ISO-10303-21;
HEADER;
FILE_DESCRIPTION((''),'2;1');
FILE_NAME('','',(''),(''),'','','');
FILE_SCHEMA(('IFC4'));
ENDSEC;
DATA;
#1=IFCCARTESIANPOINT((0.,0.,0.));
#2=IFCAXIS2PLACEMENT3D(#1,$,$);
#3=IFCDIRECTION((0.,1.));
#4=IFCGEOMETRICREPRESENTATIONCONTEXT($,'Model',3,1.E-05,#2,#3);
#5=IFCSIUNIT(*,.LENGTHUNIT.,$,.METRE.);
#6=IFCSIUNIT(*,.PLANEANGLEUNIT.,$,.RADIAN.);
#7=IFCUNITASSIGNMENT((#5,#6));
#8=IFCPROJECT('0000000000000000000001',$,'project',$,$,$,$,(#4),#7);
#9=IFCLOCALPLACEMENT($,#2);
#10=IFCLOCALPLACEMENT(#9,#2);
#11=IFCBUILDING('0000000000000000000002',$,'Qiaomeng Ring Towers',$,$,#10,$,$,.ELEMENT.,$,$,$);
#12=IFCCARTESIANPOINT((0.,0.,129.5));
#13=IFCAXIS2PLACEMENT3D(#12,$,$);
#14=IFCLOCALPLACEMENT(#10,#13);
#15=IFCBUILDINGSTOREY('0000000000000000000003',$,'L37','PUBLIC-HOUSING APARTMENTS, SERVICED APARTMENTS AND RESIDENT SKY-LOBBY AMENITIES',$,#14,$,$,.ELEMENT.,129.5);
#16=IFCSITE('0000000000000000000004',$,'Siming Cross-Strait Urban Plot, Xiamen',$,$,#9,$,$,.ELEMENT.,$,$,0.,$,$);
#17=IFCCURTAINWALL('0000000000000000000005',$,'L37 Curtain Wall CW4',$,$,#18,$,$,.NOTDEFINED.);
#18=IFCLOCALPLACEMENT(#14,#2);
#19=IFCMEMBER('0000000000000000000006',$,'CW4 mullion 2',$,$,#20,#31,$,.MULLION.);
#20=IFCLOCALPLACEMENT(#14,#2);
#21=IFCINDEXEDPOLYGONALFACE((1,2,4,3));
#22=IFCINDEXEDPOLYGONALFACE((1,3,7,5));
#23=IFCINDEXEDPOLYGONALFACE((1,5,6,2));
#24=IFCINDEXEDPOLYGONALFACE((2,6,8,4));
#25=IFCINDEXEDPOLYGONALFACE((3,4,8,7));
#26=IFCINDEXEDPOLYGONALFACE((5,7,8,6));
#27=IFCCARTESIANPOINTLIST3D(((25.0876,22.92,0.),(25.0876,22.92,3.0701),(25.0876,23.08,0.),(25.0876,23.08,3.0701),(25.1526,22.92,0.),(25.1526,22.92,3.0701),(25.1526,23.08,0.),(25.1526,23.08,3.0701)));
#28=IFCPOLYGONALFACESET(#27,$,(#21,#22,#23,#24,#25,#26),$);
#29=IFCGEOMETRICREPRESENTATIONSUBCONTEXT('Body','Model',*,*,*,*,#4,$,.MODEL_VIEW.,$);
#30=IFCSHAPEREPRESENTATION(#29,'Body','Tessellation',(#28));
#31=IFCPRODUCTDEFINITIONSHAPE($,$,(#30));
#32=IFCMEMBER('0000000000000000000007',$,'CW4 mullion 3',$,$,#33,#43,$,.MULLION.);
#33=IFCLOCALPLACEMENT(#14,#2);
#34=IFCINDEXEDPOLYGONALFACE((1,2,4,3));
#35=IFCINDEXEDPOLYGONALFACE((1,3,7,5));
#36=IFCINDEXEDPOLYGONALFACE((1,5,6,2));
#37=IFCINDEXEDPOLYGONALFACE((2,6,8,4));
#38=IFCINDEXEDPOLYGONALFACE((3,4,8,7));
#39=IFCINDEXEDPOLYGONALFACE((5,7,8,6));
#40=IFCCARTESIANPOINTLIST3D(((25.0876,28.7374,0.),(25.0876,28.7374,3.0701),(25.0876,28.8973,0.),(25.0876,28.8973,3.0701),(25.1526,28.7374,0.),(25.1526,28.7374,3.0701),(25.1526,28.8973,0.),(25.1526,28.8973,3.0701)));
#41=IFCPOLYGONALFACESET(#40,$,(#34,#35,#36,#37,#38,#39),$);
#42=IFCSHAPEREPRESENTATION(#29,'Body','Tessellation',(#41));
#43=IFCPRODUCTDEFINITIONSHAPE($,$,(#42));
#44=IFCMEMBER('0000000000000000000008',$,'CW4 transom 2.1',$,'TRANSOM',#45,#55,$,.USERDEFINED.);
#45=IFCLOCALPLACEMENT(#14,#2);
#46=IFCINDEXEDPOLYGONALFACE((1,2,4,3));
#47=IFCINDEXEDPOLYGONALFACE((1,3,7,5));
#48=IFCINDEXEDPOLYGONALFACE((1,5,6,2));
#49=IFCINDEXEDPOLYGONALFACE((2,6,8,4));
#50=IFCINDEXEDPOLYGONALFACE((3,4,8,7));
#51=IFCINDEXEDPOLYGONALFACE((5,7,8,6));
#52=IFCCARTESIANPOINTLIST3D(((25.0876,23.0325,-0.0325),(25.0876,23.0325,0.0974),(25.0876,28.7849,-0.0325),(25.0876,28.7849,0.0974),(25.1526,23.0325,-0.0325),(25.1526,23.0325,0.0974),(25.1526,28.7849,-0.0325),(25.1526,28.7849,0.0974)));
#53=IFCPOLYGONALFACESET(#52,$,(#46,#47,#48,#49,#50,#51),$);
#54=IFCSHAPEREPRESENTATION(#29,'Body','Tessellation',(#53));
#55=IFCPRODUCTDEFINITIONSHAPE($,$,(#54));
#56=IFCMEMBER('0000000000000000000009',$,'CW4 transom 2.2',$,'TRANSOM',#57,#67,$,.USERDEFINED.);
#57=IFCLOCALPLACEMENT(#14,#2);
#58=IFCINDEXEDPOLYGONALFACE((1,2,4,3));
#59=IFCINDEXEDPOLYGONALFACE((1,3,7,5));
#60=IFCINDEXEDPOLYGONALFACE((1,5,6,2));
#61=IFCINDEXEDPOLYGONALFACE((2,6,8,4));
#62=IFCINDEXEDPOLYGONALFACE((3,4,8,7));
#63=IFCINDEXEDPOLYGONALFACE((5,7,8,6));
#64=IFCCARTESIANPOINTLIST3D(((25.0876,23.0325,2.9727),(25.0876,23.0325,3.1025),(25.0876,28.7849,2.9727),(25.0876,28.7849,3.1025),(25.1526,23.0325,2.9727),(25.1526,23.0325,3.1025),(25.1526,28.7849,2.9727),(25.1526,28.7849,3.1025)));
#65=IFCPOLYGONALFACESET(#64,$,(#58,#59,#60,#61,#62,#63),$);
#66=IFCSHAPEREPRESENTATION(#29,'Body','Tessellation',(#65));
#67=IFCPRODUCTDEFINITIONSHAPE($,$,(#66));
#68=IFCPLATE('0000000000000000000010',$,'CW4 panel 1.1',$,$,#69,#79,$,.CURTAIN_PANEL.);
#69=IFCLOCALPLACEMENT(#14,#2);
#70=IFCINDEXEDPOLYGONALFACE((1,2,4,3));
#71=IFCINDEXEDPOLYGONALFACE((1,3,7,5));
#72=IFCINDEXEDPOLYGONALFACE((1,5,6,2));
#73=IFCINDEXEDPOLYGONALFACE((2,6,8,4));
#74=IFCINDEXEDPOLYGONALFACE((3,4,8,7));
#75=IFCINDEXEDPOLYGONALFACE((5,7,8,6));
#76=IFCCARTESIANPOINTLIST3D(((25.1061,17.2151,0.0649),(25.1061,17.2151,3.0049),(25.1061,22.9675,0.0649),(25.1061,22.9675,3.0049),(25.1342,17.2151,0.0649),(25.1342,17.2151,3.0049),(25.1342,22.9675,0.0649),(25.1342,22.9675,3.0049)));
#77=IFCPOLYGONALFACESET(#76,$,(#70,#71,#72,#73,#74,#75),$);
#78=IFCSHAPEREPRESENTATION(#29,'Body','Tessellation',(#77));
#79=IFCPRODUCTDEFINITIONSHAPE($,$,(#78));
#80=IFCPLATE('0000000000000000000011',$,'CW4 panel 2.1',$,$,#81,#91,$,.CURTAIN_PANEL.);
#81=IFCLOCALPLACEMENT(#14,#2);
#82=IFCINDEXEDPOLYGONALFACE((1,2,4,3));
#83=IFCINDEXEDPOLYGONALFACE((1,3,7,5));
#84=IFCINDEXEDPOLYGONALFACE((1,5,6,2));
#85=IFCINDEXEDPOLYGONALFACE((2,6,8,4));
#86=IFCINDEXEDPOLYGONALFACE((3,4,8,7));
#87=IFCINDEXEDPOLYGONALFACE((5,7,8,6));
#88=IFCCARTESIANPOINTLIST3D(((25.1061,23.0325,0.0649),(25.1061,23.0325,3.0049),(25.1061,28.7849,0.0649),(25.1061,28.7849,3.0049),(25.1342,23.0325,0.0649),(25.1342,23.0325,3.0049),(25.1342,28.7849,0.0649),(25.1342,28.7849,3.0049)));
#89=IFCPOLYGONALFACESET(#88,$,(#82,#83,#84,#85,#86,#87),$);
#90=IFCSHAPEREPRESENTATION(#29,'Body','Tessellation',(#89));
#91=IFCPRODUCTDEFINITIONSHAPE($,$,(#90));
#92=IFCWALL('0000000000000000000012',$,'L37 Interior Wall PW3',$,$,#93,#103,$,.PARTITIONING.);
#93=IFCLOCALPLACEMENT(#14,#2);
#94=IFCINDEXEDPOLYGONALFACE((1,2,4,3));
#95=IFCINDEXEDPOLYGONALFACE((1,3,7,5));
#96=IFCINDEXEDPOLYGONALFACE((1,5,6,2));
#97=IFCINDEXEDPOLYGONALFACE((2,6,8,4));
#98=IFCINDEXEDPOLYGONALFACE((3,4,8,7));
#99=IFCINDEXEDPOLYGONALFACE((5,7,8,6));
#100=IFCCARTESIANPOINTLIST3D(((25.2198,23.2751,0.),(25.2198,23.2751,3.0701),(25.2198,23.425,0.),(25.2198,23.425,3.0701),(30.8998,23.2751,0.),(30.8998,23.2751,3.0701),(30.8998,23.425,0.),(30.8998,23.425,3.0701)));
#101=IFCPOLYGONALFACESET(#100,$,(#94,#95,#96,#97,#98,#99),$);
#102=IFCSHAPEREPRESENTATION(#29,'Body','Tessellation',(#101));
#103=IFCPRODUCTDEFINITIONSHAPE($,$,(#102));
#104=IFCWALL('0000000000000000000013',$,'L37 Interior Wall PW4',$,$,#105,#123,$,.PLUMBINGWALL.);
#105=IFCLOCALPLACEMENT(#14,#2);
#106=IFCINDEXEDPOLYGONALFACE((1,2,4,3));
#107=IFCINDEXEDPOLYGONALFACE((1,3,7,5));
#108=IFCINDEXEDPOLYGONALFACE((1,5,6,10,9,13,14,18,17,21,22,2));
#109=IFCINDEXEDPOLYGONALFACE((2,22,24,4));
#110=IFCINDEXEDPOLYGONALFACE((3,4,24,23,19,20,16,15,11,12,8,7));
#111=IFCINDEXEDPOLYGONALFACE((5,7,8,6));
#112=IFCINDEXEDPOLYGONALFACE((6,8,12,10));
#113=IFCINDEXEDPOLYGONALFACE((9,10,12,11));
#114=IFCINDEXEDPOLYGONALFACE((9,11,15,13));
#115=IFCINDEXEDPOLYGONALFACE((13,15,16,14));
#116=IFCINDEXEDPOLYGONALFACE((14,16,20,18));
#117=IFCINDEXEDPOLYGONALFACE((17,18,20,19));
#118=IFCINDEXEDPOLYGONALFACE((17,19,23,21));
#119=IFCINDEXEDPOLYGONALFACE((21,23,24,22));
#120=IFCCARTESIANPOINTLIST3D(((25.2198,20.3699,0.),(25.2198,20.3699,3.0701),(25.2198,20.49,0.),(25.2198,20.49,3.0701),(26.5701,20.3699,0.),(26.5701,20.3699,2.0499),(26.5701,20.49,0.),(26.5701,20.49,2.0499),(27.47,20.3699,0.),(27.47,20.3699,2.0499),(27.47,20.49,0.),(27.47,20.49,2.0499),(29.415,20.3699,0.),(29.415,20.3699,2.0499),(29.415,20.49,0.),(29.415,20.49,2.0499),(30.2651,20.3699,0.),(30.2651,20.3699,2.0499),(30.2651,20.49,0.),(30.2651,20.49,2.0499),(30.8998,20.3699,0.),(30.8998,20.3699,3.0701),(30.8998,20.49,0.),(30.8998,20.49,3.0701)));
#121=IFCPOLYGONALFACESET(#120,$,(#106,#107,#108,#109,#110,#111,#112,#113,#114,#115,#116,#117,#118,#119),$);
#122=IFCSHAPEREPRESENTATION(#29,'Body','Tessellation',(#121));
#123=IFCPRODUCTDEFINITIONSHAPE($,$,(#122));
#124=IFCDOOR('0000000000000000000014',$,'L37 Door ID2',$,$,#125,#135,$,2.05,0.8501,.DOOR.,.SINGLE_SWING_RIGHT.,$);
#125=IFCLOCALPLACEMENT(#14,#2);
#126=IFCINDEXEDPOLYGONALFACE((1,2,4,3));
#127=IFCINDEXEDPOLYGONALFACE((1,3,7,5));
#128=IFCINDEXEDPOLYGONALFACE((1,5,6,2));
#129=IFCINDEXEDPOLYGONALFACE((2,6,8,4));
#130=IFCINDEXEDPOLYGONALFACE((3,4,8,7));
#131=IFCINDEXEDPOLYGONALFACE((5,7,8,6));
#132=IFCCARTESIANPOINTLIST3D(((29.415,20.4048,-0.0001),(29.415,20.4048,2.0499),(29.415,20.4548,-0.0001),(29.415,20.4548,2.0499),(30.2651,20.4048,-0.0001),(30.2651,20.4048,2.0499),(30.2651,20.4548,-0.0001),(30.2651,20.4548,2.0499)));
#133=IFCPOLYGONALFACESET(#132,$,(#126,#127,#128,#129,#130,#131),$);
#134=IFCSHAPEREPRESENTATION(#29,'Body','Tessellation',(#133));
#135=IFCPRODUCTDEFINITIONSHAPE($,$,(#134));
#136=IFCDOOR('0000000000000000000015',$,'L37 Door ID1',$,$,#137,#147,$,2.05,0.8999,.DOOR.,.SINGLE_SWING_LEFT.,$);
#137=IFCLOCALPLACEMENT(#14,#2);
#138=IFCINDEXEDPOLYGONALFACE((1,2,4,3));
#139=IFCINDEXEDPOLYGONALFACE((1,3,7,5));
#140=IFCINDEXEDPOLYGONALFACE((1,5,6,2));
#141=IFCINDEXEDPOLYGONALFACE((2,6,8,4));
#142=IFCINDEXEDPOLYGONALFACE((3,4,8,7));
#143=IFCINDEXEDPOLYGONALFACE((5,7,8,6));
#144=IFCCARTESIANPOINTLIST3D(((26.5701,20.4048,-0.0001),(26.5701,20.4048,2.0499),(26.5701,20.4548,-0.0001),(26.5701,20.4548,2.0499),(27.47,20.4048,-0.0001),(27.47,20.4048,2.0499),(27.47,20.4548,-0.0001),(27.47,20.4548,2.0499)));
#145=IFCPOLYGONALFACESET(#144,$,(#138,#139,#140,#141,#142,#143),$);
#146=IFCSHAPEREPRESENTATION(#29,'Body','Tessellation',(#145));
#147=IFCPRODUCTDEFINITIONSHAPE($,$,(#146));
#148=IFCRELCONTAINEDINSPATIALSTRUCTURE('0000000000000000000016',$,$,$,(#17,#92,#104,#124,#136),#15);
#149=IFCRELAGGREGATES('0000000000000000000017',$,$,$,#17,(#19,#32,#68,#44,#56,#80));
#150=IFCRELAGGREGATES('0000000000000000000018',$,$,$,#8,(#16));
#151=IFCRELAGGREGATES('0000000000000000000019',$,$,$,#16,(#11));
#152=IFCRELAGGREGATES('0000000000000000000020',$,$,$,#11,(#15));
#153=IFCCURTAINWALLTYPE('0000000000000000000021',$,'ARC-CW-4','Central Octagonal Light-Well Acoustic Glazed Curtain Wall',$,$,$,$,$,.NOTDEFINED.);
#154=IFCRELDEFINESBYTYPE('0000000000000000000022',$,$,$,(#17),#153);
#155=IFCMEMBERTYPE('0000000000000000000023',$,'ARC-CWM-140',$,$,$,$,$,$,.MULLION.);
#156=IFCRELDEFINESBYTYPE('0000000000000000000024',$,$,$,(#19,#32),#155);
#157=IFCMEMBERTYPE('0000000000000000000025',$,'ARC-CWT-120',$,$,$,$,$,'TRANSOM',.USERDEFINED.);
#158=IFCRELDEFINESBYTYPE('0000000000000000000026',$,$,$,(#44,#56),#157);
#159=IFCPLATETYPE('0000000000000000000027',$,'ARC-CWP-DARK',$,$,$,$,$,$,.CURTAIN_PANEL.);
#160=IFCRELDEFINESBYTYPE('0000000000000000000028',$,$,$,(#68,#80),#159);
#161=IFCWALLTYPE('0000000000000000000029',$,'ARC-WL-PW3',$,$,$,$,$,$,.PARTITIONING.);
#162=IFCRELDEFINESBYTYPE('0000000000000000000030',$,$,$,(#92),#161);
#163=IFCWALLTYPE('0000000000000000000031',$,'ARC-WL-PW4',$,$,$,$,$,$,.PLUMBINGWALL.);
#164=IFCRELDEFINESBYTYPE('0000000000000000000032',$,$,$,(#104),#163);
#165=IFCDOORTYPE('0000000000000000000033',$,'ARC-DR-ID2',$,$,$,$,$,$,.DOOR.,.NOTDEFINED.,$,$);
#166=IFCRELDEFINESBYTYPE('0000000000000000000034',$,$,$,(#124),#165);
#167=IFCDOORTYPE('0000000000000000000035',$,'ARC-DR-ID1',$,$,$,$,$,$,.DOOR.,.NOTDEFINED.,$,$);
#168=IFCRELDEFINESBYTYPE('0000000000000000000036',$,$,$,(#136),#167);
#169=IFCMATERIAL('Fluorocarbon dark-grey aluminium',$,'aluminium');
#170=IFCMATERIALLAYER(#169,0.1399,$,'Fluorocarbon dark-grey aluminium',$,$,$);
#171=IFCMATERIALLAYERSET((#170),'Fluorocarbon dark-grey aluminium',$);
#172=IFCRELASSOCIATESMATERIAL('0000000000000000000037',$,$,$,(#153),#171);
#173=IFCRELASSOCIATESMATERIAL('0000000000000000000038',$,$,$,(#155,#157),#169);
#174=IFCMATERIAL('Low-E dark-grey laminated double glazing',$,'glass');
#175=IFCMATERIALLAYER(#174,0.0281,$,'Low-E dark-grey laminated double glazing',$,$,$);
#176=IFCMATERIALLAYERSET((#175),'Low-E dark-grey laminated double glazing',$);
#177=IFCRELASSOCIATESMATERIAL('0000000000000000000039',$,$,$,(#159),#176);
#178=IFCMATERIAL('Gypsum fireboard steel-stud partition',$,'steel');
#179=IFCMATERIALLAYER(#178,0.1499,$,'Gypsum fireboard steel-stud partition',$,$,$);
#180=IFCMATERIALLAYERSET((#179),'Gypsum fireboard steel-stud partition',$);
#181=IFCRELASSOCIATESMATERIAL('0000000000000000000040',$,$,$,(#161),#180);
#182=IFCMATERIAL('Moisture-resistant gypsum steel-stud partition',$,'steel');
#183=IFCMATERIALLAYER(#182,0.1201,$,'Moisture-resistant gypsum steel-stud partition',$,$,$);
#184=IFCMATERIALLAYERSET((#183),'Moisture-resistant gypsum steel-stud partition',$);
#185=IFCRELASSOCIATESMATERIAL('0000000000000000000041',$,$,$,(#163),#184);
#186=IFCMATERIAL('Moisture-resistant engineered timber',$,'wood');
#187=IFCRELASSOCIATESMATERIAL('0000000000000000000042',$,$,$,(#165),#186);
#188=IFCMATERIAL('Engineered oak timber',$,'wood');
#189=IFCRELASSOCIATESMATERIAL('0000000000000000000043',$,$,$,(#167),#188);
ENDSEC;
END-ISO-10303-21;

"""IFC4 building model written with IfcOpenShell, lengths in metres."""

from ifc_helpers import new_model, si_unit, direction, frame, frame_2d, origin, origin_2d, place, context, subcontext, project, spatial, rectangle, extrude, source, transform, mapped, material, layer, layer_set, material_profile, profile_set, type_object, element, fill, aggregate, save


model = new_model("IFC4")

# Units and contexts
model_context = context("Model", 3, precision=1e-05, world=origin(), true_north=direction((0.0, 1.0)))
body_context = subcontext(model_context, "Body", "Model", "MODEL_VIEW")
ifc_project = project(units=[si_unit("LENGTHUNIT", "METRE"), si_unit("PLANEANGLEUNIT", "RADIAN")], contexts=[model_context])

# Site, building, storey
site_placement = place(None, origin())
site = spatial("IfcSite", under=ifc_project, at=site_placement, Name="Siming Cross-Strait Urban Plot, Xiamen", CompositionType="ELEMENT", RefElevation=0.0)
building_placement = place(site_placement, origin())
building = spatial("IfcBuilding", under=site, at=building_placement, Name="Qiaomeng Ring Towers", CompositionType="ELEMENT")
storey_placement = place(building_placement, frame((0.0, 0.0, 129.5)))
storey = spatial("IfcBuildingStorey", under=building, at=storey_placement, Name="L37", Description="PUBLIC-HOUSING APARTMENTS, SERVICED APARTMENTS AND RESIDENT SKY-LOBBY AMENITIES", CompositionType="ELEMENT", Elevation=129.5)

# Curtain wall, members, plates
ifc_material_1 = material(Name="Fluorocarbon dark-grey aluminium", Category="aluminium")
ifc_layer_1 = layer(ifc_material_1, 0.1399, Name="Fluorocarbon dark-grey aluminium")
ifc_layer_set_1 = layer_set([ifc_layer_1], Name="Fluorocarbon dark-grey aluminium")
curtain_wall_type = type_object("IfcCurtainWallType", Name="ARC-CW-4", Description="Central Octagonal Light-Well Acoustic Glazed Curtain Wall", PredefinedType="NOTDEFINED", material=ifc_layer_set_1)
curtain_wall_placement = place(storey_placement, origin())
curtain_wall = element("IfcCurtainWall", 1, at=curtain_wall_placement, inside=storey, type_object=curtain_wall_type, Name="L37 Curtain Wall CW4", PredefinedType="NOTDEFINED")
ifc_material_profile_1 = material_profile(ifc_material_1, rectangle(XDim=0.0649, YDim=0.1599, at=origin_2d()), Name="ALU MULL 65x160")
ifc_profile_set_1 = profile_set([ifc_material_profile_1], Name="Fluorocarbon dark-grey aluminium")
member_type_1 = type_object("IfcMemberType", Name="ARC-CWM-140", PredefinedType="MULLION", material=ifc_profile_set_1)
shared_shape_1 = source(origin(), body_context, "Body", "SweptSolid", [
    extrude(rectangle(XDim=0.0649, YDim=0.1599, at=origin_2d()), origin(), (0.0, 0.0, 1.0), 3.0701),
])
member_1_placement = place(storey_placement, frame((25.1201, 23.0, 0.0), z_axis=(0.0, 0.0, 1.0), x_axis=(-1.0, 0.0, 0.0)))
member_1 = element("IfcMember", 2, at=member_1_placement, type_object=member_type_1, Name="CW4 mullion 2", PredefinedType="MULLION", context=body_context, shape_type="MappedRepresentation", body=[
    mapped(shared_shape_1, transform((0.0, 0.0, 0.0), x_axis=(1.0, 0.0, 0.0), y_axis=(0.0, 1.0, 0.0), z_axis=(0.0, 0.0, 1.0), scale=1.0)),
])
member_2_placement = place(storey_placement, frame((25.1201, 28.8174, 0.0), z_axis=(0.0, 0.0, 1.0), x_axis=(-1.0, 0.0, 0.0)))
member_2 = element("IfcMember", 3, at=member_2_placement, type_object=member_type_1, Name="CW4 mullion 3", PredefinedType="MULLION", context=body_context, shape_type="MappedRepresentation", body=[
    mapped(shared_shape_1, transform((0.0, 0.0, 0.0), x_axis=(1.0, 0.0, 0.0), y_axis=(0.0, 1.0, 0.0), z_axis=(0.0, 0.0, 1.0), scale=1.0)),
])
ifc_material_profile_2 = material_profile(ifc_material_1, rectangle(XDim=0.0649, YDim=0.1299, at=origin_2d()), Name="ALU TRAN 65x130")
ifc_profile_set_2 = profile_set([ifc_material_profile_2], Name="Fluorocarbon dark-grey aluminium")
member_type_2 = type_object("IfcMemberType", Name="ARC-CWT-120", ElementType="TRANSOM", PredefinedType="USERDEFINED", material=ifc_profile_set_2)
shared_shape_2 = source(origin(), body_context, "Body", "SweptSolid", [
    extrude(rectangle(XDim=0.0649, YDim=0.1299, at=origin_2d()), origin(), (0.0, 0.0, 1.0), 5.7524),
])
member_3_placement = place(storey_placement, frame((25.1201, 23.0325, 0.0325), z_axis=(0.0, 1.0, 0.0), x_axis=(-1.0, 0.0, 0.0)))
member_3 = element("IfcMember", 4, at=member_3_placement, type_object=member_type_2, Name="CW4 transom 2.1", ObjectType="TRANSOM", PredefinedType="USERDEFINED", context=body_context, shape_type="MappedRepresentation", body=[
    mapped(shared_shape_2, transform((0.0, 0.0, 0.0), x_axis=(1.0, 0.0, 0.0), y_axis=(0.0, 1.0, 0.0), z_axis=(0.0, 0.0, 1.0), scale=1.0)),
])
member_4_placement = place(storey_placement, frame((25.1201, 23.0325, 3.0376), z_axis=(0.0, 1.0, 0.0), x_axis=(-1.0, 0.0, 0.0)))
member_4 = element("IfcMember", 5, at=member_4_placement, type_object=member_type_2, Name="CW4 transom 2.2", ObjectType="TRANSOM", PredefinedType="USERDEFINED", context=body_context, shape_type="MappedRepresentation", body=[
    mapped(shared_shape_2, transform((0.0, 0.0, 0.0), x_axis=(1.0, 0.0, 0.0), y_axis=(0.0, 1.0, 0.0), z_axis=(0.0, 0.0, 1.0), scale=1.0)),
])
ifc_material_2 = material(Name="Low-E dark-grey laminated double glazing", Category="glass")
ifc_layer_2 = layer(ifc_material_2, 0.0281, Name="Low-E dark-grey laminated double glazing")
ifc_layer_set_2 = layer_set([ifc_layer_2], Name="Low-E dark-grey laminated double glazing")
plate_type = type_object("IfcPlateType", Name="ARC-CWP-DARK", PredefinedType="CURTAIN_PANEL", material=ifc_layer_set_2)
shared_shape_3 = source(origin(), body_context, "Body", "SweptSolid", [
    extrude(rectangle(XDim=5.7524, YDim=0.0281, at=origin_2d()), origin(), (0.0, 0.0, 1.0), 2.9399),
])
plate_1_placement = place(storey_placement, frame((25.1201, 20.0913, 0.0649), z_axis=(0.0, 0.0, 1.0), x_axis=(0.0, 1.0, 0.0)))
plate_1 = element("IfcPlate", 6, at=plate_1_placement, type_object=plate_type, Name="CW4 panel 1.1", PredefinedType="CURTAIN_PANEL", context=body_context, shape_type="MappedRepresentation", body=[
    mapped(shared_shape_3, transform((0.0, 0.0, 0.0), x_axis=(1.0, 0.0, 0.0), y_axis=(0.0, 1.0, 0.0), z_axis=(0.0, 0.0, 1.0), scale=1.0)),
])
plate_2_placement = place(storey_placement, frame((25.1201, 25.9087, 0.0649), z_axis=(0.0, 0.0, 1.0), x_axis=(0.0, 1.0, 0.0)))
plate_2 = element("IfcPlate", 7, at=plate_2_placement, type_object=plate_type, Name="CW4 panel 2.1", PredefinedType="CURTAIN_PANEL", context=body_context, shape_type="MappedRepresentation", body=[
    mapped(shared_shape_3, transform((0.0, 0.0, 0.0), x_axis=(1.0, 0.0, 0.0), y_axis=(0.0, 1.0, 0.0), z_axis=(0.0, 0.0, 1.0), scale=1.0)),
])
aggregate(curtain_wall, [member_1, member_2, plate_1, member_3, member_4, plate_2])

# Wall
ifc_material_3 = material(Name="Gypsum fireboard steel-stud partition", Category="steel")
ifc_layer_3 = layer(ifc_material_3, 0.1499, Name="Gypsum fireboard steel-stud partition")
ifc_layer_set_3 = layer_set([ifc_layer_3], Name="Gypsum fireboard steel-stud partition")
wall_type_1 = type_object("IfcWallType", Name="ARC-WL-PW3", PredefinedType="PARTITIONING", material=ifc_layer_set_3)
wall_1_placement = place(storey_placement, frame((25.22, 23.3501, 0.0), z_axis=(0.0, 0.0, 1.0), x_axis=(1.0, 0.0, 0.0)))
element("IfcWall", 8, at=wall_1_placement, inside=storey, type_object=wall_type_1, Name="L37 Interior Wall PW3", PredefinedType="PARTITIONING", context=body_context, shape_type="SweptSolid", body=[
    extrude(rectangle(XDim=5.6799, YDim=0.1499, at=frame_2d((2.8398, 0.0))), origin(), (0.0, 0.0, 1.0), 3.0701),
])

# Wall, openings, doors
ifc_material_4 = material(Name="Moisture-resistant gypsum steel-stud partition", Category="steel")
ifc_layer_4 = layer(ifc_material_4, 0.1201, Name="Moisture-resistant gypsum steel-stud partition")
ifc_layer_set_4 = layer_set([ifc_layer_4], Name="Moisture-resistant gypsum steel-stud partition")
wall_type_2 = type_object("IfcWallType", Name="ARC-WL-PW4", PredefinedType="PLUMBINGWALL", material=ifc_layer_set_4)
wall_2_placement = place(storey_placement, frame((25.22, 20.4299, 0.0), z_axis=(0.0, 0.0, 1.0), x_axis=(1.0, 0.0, 0.0)))
wall_2 = element("IfcWall", 9, at=wall_2_placement, inside=storey, type_object=wall_type_2, Name="L37 Interior Wall PW4", PredefinedType="PLUMBINGWALL", context=body_context, shape_type="SweptSolid", body=[
    extrude(rectangle(XDim=5.6799, YDim=0.1201, at=frame_2d((2.8398, 0.0))), origin(), (0.0, 0.0, 1.0), 3.0701),
])
opening_1_placement = place(wall_2_placement, frame((1.3501, 0.0, 0.0)))
opening_1 = element("IfcOpeningElement", 10, at=opening_1_placement, cuts=wall_2, PredefinedType="OPENING", context=body_context, shape_type="SweptSolid", body=[
    extrude(rectangle(XDim=0.8999, YDim=2.05, at=frame_2d((0.45, 1.0249))), frame((0.0, 0.0701, 0.0), z_axis=(0.0, -1.0, 0.0), x_axis=(1.0, 0.0, 0.0)), (0.0, 0.0, 1.0), 0.1401),
])
opening_2_placement = place(wall_2_placement, frame((4.1951, 0.0, 0.0)))
opening_2 = element("IfcOpeningElement", 11, at=opening_2_placement, cuts=wall_2, PredefinedType="OPENING", context=body_context, shape_type="SweptSolid", body=[
    extrude(rectangle(XDim=0.8501, YDim=2.05, at=frame_2d((0.425, 1.0249))), frame((0.0, 0.0701, 0.0), z_axis=(0.0, -1.0, 0.0), x_axis=(1.0, 0.0, 0.0)), (0.0, 0.0, 1.0), 0.1401),
])
ifc_material_5 = material(Name="Moisture-resistant engineered timber", Category="wood")
door_type_1 = type_object("IfcDoorType", Name="ARC-DR-ID2", OperationType="NOTDEFINED", PredefinedType="DOOR", material=ifc_material_5)
shared_shape_4 = source(origin(), body_context, "Body", "SweptSolid", [
    extrude(rectangle(XDim=0.8501, YDim=2.05, at=frame_2d((0.425, 1.0249))), frame((0.0, 0.0249, 0.0), z_axis=(0.0, -1.0, 0.0), x_axis=(1.0, 0.0, 0.0)), (0.0, 0.0, 1.0), 0.05),
])
door_1_placement = place(opening_2_placement, origin())
door_1 = element("IfcDoor", 12, at=door_1_placement, inside=storey, type_object=door_type_1, Name="L37 Door ID2", OperationType="SINGLE_SWING_RIGHT", OverallHeight=2.05, OverallWidth=0.8501, PredefinedType="DOOR", context=body_context, shape_type="MappedRepresentation", body=[
    mapped(shared_shape_4, transform((0.0, 0.0, 0.0), x_axis=(1.0, 0.0, 0.0), y_axis=(0.0, 1.0, 0.0), z_axis=(0.0, 0.0, 1.0), scale=1.0)),
])
fill(opening_2, door_1)
ifc_material_6 = material(Name="Engineered oak timber", Category="wood")
door_type_2 = type_object("IfcDoorType", Name="ARC-DR-ID1", OperationType="NOTDEFINED", PredefinedType="DOOR", material=ifc_material_6)
shared_shape_5 = source(origin(), body_context, "Body", "SweptSolid", [
    extrude(rectangle(XDim=0.8999, YDim=2.05, at=frame_2d((0.45, 1.0249))), frame((0.0, 0.0249, 0.0), z_axis=(0.0, -1.0, 0.0), x_axis=(1.0, 0.0, 0.0)), (0.0, 0.0, 1.0), 0.05),
])
door_2_placement = place(opening_1_placement, origin())
door_2 = element("IfcDoor", 13, at=door_2_placement, inside=storey, type_object=door_type_2, Name="L37 Door ID1", OperationType="SINGLE_SWING_LEFT", OverallHeight=2.05, OverallWidth=0.8999, PredefinedType="DOOR", context=body_context, shape_type="MappedRepresentation", body=[
    mapped(shared_shape_5, transform((0.0, 0.0, 0.0), x_axis=(1.0, 0.0, 0.0), y_axis=(0.0, 1.0, 0.0), z_axis=(0.0, 0.0, 1.0), scale=1.0)),
])
fill(opening_1, door_2)

save(model, "model.ifc")
